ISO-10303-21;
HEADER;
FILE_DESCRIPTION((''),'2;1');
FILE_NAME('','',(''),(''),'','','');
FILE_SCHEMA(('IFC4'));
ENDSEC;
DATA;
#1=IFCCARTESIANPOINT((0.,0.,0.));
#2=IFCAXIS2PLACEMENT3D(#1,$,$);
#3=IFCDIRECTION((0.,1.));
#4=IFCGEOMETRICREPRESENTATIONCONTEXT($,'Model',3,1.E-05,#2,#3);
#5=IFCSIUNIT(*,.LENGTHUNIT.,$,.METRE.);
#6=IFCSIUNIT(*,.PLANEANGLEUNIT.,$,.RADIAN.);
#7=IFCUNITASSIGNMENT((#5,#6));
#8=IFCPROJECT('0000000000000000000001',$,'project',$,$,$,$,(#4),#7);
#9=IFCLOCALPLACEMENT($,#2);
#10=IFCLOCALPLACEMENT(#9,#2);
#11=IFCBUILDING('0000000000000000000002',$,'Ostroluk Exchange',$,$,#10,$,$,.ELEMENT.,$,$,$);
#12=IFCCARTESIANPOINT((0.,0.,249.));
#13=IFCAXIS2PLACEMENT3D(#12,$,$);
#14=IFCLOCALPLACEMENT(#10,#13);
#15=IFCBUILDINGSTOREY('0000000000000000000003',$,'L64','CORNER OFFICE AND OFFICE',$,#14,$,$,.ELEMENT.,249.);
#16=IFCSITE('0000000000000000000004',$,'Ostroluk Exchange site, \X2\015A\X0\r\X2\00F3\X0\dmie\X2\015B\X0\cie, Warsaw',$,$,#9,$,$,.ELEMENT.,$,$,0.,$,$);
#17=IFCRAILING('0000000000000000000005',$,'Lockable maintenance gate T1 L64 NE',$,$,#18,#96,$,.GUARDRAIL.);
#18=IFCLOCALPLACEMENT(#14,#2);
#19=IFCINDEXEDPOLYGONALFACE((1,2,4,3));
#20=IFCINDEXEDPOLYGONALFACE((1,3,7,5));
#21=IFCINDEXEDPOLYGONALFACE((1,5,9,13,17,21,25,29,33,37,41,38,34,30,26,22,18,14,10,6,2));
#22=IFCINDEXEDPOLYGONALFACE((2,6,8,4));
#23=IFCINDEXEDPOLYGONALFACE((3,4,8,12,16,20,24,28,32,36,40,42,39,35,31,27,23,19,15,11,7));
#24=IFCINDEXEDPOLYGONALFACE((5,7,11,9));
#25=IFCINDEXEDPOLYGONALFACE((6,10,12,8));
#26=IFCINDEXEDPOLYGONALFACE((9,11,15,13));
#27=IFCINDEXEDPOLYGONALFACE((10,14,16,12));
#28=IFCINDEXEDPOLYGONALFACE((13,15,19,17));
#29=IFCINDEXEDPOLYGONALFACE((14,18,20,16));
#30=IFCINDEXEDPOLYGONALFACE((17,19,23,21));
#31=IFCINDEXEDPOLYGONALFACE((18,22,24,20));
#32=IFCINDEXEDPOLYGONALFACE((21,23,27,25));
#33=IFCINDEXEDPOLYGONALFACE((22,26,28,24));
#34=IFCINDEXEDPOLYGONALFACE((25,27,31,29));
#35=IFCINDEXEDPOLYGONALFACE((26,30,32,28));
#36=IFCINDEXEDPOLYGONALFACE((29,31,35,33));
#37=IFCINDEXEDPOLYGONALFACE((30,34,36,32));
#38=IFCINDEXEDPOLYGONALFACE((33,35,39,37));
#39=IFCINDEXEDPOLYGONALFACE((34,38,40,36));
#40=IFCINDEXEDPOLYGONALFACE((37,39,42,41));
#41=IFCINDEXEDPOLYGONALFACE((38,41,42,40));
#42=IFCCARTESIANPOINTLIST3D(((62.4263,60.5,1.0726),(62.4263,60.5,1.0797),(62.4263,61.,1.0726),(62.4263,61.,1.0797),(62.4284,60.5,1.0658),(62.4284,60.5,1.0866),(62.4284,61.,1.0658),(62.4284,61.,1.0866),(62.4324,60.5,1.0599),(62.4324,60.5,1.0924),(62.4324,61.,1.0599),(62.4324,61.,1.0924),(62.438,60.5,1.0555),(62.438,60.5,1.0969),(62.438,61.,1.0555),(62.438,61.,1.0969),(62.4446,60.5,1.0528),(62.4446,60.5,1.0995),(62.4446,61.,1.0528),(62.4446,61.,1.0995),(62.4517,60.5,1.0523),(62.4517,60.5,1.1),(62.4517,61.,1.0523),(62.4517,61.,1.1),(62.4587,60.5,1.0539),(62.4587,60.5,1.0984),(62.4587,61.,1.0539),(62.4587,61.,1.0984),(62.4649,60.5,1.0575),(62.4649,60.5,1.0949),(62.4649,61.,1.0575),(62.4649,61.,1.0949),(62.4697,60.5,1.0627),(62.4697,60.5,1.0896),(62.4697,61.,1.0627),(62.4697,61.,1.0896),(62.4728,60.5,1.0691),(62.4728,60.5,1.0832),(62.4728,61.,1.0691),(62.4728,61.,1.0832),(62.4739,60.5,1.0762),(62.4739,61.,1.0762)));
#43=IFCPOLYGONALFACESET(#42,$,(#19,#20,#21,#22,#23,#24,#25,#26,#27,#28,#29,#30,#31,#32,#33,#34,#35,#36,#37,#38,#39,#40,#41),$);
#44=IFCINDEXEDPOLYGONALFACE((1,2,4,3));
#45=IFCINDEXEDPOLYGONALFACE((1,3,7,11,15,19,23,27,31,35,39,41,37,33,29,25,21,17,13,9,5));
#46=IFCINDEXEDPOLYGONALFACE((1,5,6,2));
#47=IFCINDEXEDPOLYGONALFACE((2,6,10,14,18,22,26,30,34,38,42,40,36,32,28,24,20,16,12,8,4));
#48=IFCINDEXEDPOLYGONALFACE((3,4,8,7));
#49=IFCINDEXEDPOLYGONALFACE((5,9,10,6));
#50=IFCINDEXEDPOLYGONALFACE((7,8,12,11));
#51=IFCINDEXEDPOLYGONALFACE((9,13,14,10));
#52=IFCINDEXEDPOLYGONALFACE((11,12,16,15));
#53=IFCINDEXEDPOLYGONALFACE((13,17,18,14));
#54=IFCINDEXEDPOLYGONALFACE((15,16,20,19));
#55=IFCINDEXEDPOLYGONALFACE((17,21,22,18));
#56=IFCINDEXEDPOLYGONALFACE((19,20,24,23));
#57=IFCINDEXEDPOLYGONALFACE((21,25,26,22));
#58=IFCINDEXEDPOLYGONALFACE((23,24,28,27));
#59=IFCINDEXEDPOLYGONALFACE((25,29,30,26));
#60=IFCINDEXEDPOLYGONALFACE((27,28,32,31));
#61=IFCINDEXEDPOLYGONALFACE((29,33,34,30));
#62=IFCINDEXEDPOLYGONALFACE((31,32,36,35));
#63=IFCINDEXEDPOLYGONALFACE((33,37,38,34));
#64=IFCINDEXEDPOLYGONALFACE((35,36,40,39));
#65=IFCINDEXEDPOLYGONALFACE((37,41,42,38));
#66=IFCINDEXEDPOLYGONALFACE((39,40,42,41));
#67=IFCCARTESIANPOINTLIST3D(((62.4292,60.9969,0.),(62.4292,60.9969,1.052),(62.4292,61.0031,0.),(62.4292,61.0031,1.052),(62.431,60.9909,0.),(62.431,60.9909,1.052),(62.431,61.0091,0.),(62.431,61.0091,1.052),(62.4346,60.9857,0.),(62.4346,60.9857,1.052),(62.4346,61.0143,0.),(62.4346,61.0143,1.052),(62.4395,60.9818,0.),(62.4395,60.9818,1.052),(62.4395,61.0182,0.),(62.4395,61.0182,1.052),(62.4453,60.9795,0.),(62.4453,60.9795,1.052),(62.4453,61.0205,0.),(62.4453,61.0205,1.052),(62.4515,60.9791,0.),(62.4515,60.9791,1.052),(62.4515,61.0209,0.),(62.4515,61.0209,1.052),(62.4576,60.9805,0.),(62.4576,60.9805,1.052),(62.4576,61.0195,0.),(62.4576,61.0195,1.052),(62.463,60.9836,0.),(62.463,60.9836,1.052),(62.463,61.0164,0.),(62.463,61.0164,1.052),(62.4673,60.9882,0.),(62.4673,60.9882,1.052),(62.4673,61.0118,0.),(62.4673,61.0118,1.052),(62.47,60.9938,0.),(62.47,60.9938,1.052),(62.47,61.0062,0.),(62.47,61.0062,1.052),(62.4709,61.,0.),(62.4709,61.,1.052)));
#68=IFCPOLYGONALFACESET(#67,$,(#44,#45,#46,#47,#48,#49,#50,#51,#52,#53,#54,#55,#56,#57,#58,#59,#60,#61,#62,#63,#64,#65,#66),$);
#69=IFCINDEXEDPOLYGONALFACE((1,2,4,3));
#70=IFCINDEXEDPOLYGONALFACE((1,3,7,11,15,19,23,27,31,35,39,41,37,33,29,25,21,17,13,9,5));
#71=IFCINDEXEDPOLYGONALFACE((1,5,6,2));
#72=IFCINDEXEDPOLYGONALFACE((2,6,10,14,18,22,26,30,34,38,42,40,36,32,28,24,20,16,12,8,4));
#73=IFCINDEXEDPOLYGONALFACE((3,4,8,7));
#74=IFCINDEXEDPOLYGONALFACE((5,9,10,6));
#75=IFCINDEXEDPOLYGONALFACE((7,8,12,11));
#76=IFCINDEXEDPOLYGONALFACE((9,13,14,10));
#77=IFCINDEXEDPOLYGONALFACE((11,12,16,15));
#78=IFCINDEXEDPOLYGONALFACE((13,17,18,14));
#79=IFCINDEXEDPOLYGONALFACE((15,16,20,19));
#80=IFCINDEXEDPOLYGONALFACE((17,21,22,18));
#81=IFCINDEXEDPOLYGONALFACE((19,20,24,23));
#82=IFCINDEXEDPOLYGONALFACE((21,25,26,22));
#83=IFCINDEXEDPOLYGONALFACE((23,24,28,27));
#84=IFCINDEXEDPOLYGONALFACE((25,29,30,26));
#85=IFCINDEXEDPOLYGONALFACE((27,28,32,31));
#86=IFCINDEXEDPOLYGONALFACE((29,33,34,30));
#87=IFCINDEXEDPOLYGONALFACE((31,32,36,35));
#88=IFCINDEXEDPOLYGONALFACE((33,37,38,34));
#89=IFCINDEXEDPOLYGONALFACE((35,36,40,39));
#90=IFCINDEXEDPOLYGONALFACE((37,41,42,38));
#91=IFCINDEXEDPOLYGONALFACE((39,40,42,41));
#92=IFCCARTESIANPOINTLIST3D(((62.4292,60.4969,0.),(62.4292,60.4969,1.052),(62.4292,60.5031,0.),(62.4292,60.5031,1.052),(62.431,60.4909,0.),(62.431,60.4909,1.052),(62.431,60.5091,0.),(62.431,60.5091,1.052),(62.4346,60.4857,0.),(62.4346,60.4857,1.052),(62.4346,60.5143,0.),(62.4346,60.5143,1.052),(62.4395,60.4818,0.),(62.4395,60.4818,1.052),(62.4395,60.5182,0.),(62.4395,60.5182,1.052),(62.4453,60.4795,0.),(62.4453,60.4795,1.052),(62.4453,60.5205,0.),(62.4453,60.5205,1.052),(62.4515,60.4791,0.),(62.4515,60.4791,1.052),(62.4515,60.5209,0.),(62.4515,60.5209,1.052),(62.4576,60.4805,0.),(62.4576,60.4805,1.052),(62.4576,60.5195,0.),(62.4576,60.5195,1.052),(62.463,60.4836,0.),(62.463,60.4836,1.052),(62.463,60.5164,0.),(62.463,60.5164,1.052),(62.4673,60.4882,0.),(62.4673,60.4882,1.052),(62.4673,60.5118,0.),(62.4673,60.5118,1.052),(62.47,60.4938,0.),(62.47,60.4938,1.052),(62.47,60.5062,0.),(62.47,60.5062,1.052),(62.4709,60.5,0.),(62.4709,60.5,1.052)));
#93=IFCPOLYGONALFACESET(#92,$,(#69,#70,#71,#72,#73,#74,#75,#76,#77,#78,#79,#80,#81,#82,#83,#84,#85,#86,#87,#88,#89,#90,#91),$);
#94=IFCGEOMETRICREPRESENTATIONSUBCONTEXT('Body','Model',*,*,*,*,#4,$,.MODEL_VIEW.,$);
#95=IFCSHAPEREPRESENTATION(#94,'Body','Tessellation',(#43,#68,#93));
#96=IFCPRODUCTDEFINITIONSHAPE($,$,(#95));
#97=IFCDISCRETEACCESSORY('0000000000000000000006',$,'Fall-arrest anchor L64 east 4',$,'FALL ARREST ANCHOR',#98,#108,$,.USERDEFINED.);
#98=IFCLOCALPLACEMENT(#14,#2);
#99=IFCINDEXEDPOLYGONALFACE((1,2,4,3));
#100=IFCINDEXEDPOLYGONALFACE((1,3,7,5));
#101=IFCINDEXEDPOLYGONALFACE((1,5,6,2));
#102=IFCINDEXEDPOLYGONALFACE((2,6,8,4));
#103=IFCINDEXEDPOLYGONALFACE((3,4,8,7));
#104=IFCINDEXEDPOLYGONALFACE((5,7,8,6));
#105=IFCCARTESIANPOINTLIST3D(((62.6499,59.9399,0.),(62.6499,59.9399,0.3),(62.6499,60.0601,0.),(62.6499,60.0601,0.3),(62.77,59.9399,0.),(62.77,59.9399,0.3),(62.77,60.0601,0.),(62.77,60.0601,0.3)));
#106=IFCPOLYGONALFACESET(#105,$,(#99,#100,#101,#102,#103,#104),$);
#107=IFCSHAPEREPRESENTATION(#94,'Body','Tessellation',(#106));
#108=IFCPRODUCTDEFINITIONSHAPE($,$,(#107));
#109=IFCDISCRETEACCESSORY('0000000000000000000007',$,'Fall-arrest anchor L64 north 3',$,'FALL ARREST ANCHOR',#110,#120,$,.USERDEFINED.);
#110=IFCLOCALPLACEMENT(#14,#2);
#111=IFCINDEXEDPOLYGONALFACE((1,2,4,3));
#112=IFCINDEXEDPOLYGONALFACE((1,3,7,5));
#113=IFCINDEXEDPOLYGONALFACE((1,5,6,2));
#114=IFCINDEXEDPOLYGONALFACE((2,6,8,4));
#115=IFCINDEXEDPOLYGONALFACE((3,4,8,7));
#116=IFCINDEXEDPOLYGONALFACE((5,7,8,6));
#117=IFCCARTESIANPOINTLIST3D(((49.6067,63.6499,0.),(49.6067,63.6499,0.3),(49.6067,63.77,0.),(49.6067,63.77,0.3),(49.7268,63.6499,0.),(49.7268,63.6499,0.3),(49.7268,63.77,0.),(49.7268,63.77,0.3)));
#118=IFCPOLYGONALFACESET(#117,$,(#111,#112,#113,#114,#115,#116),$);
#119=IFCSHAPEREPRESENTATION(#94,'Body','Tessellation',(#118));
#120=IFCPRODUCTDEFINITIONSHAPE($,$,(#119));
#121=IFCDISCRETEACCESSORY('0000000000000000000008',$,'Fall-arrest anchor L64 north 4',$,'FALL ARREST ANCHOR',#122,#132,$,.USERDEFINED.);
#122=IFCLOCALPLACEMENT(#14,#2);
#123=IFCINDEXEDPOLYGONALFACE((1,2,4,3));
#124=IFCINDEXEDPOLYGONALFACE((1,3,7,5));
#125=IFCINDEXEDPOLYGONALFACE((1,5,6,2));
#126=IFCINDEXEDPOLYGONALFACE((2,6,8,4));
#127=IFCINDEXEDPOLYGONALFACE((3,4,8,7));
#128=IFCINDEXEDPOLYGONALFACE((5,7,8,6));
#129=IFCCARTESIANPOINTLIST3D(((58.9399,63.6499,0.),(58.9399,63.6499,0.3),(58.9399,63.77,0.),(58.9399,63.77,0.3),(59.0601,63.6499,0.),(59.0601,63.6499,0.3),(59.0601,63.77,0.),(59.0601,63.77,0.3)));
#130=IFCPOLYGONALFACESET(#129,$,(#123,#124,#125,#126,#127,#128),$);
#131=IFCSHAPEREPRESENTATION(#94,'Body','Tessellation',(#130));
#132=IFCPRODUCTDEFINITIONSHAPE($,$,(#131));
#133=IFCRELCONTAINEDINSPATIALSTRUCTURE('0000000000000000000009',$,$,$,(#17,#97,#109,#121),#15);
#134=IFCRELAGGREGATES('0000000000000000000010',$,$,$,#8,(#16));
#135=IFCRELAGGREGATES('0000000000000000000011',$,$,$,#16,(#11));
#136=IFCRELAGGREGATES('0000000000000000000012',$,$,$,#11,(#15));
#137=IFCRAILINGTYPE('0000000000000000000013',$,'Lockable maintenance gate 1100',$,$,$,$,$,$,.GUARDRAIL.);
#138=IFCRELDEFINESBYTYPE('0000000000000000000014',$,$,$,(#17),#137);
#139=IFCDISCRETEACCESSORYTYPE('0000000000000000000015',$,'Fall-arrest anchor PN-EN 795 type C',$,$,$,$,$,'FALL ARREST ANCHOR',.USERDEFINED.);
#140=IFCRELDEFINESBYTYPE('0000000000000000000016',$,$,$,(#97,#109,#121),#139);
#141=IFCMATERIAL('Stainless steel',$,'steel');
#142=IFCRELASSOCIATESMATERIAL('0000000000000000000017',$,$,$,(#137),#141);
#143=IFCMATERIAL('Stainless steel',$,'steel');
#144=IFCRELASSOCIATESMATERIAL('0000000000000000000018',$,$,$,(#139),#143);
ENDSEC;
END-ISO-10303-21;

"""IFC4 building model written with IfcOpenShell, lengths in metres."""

from ifc_helpers import new_model, si_unit, direction, frame, origin, origin_2d, place, context, subcontext, project, spatial, rectangle, circle, extrude, material, type_object, element, save


model = new_model("IFC4")

# Units and contexts
model_context = context("Model", 3, precision=1e-05, world=origin(), true_north=direction((0.0, 1.0)))
body_context = subcontext(model_context, "Body", "Model", "MODEL_VIEW")
ifc_project = project(units=[si_unit("LENGTHUNIT", "METRE"), si_unit("PLANEANGLEUNIT", "RADIAN")], contexts=[model_context])

# Site, building, storey
site_placement = place(None, origin())
site = spatial("IfcSite", under=ifc_project, at=site_placement, Name="Ostroluk Exchange site, Śródmieście, Warsaw", CompositionType="ELEMENT", RefElevation=0.0)
building_placement = place(site_placement, origin())
building = spatial("IfcBuilding", under=site, at=building_placement, Name="Ostroluk Exchange", CompositionType="ELEMENT")
storey_placement = place(building_placement, frame((0.0, 0.0, 249.0)))
storey = spatial("IfcBuildingStorey", under=building, at=storey_placement, Name="L64", Description="CORNER OFFICE AND OFFICE", CompositionType="ELEMENT", Elevation=249.0)

# Railing
ifc_material_1 = material(Name="Stainless steel", Category="steel")
railing_type_1 = type_object("IfcRailingType", Name="Lockable maintenance gate 1100", PredefinedType="GUARDRAIL", material=ifc_material_1)
railing_1_placement = place(storey_placement, frame((62.45, 61.0, 0.0)))
element("IfcRailing", 1, at=railing_1_placement, inside=storey, type_object=railing_type_1, Name="Lockable maintenance gate T1 L64 NE", PredefinedType="GUARDRAIL", context=body_context, shape_type="SweptSolid", body=[
    extrude(circle(Radius=0.0239, at=origin_2d()), frame((0.0, 0.0, 1.0762), z_axis=(0.0, -1.0, 0.0), x_axis=(1.0, 0.0, 0.0)), (0.0, 0.0, 1.0), 0.5),
    extrude(circle(Radius=0.021, at=origin_2d()), origin(), (0.0, 0.0, 1.0), 1.052),
    extrude(circle(Radius=0.021, at=origin_2d()), frame((0.0, -0.5, 0.0)), (0.0, 0.0, 1.0), 1.052),
])

# Discrete accessories
ifc_material_2 = material(Name="Stainless steel", Category="steel")
discrete_accessory_type = type_object("IfcDiscreteAccessoryType", Name="Fall-arrest anchor PN-EN 795 type C", ElementType="FALL ARREST ANCHOR", PredefinedType="USERDEFINED", material=ifc_material_2)
for number, where, z_axis, x_axis, name in (
    (2, (62.71, 60.0, 0.0), (0.0, 0.0, 1.0), (1.0, 0.0, 0.0), "Fall-arrest anchor L64 east 4"),
    (3, (49.6667, 63.71, 0.0), (0.0, 0.0, 1.0), (1.0, 0.0, 0.0), "Fall-arrest anchor L64 north 3"),
    (4, (59.0, 63.71, 0.0), (0.0, 0.0, 1.0), (1.0, 0.0, 0.0), "Fall-arrest anchor L64 north 4"),
):
    element("IfcDiscreteAccessory", number, at=place(storey_placement, frame(where, z_axis=z_axis, x_axis=x_axis)), inside=storey, type_object=discrete_accessory_type, Name=name, ObjectType="FALL ARREST ANCHOR", PredefinedType="USERDEFINED", context=body_context, shape_type="SweptSolid", body=[
        extrude(rectangle(XDim=0.1201, YDim=0.1201, at=origin_2d()), origin(), (0.0, 0.0, 1.0), 0.3),
    ])

save(model, "model.ifc")
